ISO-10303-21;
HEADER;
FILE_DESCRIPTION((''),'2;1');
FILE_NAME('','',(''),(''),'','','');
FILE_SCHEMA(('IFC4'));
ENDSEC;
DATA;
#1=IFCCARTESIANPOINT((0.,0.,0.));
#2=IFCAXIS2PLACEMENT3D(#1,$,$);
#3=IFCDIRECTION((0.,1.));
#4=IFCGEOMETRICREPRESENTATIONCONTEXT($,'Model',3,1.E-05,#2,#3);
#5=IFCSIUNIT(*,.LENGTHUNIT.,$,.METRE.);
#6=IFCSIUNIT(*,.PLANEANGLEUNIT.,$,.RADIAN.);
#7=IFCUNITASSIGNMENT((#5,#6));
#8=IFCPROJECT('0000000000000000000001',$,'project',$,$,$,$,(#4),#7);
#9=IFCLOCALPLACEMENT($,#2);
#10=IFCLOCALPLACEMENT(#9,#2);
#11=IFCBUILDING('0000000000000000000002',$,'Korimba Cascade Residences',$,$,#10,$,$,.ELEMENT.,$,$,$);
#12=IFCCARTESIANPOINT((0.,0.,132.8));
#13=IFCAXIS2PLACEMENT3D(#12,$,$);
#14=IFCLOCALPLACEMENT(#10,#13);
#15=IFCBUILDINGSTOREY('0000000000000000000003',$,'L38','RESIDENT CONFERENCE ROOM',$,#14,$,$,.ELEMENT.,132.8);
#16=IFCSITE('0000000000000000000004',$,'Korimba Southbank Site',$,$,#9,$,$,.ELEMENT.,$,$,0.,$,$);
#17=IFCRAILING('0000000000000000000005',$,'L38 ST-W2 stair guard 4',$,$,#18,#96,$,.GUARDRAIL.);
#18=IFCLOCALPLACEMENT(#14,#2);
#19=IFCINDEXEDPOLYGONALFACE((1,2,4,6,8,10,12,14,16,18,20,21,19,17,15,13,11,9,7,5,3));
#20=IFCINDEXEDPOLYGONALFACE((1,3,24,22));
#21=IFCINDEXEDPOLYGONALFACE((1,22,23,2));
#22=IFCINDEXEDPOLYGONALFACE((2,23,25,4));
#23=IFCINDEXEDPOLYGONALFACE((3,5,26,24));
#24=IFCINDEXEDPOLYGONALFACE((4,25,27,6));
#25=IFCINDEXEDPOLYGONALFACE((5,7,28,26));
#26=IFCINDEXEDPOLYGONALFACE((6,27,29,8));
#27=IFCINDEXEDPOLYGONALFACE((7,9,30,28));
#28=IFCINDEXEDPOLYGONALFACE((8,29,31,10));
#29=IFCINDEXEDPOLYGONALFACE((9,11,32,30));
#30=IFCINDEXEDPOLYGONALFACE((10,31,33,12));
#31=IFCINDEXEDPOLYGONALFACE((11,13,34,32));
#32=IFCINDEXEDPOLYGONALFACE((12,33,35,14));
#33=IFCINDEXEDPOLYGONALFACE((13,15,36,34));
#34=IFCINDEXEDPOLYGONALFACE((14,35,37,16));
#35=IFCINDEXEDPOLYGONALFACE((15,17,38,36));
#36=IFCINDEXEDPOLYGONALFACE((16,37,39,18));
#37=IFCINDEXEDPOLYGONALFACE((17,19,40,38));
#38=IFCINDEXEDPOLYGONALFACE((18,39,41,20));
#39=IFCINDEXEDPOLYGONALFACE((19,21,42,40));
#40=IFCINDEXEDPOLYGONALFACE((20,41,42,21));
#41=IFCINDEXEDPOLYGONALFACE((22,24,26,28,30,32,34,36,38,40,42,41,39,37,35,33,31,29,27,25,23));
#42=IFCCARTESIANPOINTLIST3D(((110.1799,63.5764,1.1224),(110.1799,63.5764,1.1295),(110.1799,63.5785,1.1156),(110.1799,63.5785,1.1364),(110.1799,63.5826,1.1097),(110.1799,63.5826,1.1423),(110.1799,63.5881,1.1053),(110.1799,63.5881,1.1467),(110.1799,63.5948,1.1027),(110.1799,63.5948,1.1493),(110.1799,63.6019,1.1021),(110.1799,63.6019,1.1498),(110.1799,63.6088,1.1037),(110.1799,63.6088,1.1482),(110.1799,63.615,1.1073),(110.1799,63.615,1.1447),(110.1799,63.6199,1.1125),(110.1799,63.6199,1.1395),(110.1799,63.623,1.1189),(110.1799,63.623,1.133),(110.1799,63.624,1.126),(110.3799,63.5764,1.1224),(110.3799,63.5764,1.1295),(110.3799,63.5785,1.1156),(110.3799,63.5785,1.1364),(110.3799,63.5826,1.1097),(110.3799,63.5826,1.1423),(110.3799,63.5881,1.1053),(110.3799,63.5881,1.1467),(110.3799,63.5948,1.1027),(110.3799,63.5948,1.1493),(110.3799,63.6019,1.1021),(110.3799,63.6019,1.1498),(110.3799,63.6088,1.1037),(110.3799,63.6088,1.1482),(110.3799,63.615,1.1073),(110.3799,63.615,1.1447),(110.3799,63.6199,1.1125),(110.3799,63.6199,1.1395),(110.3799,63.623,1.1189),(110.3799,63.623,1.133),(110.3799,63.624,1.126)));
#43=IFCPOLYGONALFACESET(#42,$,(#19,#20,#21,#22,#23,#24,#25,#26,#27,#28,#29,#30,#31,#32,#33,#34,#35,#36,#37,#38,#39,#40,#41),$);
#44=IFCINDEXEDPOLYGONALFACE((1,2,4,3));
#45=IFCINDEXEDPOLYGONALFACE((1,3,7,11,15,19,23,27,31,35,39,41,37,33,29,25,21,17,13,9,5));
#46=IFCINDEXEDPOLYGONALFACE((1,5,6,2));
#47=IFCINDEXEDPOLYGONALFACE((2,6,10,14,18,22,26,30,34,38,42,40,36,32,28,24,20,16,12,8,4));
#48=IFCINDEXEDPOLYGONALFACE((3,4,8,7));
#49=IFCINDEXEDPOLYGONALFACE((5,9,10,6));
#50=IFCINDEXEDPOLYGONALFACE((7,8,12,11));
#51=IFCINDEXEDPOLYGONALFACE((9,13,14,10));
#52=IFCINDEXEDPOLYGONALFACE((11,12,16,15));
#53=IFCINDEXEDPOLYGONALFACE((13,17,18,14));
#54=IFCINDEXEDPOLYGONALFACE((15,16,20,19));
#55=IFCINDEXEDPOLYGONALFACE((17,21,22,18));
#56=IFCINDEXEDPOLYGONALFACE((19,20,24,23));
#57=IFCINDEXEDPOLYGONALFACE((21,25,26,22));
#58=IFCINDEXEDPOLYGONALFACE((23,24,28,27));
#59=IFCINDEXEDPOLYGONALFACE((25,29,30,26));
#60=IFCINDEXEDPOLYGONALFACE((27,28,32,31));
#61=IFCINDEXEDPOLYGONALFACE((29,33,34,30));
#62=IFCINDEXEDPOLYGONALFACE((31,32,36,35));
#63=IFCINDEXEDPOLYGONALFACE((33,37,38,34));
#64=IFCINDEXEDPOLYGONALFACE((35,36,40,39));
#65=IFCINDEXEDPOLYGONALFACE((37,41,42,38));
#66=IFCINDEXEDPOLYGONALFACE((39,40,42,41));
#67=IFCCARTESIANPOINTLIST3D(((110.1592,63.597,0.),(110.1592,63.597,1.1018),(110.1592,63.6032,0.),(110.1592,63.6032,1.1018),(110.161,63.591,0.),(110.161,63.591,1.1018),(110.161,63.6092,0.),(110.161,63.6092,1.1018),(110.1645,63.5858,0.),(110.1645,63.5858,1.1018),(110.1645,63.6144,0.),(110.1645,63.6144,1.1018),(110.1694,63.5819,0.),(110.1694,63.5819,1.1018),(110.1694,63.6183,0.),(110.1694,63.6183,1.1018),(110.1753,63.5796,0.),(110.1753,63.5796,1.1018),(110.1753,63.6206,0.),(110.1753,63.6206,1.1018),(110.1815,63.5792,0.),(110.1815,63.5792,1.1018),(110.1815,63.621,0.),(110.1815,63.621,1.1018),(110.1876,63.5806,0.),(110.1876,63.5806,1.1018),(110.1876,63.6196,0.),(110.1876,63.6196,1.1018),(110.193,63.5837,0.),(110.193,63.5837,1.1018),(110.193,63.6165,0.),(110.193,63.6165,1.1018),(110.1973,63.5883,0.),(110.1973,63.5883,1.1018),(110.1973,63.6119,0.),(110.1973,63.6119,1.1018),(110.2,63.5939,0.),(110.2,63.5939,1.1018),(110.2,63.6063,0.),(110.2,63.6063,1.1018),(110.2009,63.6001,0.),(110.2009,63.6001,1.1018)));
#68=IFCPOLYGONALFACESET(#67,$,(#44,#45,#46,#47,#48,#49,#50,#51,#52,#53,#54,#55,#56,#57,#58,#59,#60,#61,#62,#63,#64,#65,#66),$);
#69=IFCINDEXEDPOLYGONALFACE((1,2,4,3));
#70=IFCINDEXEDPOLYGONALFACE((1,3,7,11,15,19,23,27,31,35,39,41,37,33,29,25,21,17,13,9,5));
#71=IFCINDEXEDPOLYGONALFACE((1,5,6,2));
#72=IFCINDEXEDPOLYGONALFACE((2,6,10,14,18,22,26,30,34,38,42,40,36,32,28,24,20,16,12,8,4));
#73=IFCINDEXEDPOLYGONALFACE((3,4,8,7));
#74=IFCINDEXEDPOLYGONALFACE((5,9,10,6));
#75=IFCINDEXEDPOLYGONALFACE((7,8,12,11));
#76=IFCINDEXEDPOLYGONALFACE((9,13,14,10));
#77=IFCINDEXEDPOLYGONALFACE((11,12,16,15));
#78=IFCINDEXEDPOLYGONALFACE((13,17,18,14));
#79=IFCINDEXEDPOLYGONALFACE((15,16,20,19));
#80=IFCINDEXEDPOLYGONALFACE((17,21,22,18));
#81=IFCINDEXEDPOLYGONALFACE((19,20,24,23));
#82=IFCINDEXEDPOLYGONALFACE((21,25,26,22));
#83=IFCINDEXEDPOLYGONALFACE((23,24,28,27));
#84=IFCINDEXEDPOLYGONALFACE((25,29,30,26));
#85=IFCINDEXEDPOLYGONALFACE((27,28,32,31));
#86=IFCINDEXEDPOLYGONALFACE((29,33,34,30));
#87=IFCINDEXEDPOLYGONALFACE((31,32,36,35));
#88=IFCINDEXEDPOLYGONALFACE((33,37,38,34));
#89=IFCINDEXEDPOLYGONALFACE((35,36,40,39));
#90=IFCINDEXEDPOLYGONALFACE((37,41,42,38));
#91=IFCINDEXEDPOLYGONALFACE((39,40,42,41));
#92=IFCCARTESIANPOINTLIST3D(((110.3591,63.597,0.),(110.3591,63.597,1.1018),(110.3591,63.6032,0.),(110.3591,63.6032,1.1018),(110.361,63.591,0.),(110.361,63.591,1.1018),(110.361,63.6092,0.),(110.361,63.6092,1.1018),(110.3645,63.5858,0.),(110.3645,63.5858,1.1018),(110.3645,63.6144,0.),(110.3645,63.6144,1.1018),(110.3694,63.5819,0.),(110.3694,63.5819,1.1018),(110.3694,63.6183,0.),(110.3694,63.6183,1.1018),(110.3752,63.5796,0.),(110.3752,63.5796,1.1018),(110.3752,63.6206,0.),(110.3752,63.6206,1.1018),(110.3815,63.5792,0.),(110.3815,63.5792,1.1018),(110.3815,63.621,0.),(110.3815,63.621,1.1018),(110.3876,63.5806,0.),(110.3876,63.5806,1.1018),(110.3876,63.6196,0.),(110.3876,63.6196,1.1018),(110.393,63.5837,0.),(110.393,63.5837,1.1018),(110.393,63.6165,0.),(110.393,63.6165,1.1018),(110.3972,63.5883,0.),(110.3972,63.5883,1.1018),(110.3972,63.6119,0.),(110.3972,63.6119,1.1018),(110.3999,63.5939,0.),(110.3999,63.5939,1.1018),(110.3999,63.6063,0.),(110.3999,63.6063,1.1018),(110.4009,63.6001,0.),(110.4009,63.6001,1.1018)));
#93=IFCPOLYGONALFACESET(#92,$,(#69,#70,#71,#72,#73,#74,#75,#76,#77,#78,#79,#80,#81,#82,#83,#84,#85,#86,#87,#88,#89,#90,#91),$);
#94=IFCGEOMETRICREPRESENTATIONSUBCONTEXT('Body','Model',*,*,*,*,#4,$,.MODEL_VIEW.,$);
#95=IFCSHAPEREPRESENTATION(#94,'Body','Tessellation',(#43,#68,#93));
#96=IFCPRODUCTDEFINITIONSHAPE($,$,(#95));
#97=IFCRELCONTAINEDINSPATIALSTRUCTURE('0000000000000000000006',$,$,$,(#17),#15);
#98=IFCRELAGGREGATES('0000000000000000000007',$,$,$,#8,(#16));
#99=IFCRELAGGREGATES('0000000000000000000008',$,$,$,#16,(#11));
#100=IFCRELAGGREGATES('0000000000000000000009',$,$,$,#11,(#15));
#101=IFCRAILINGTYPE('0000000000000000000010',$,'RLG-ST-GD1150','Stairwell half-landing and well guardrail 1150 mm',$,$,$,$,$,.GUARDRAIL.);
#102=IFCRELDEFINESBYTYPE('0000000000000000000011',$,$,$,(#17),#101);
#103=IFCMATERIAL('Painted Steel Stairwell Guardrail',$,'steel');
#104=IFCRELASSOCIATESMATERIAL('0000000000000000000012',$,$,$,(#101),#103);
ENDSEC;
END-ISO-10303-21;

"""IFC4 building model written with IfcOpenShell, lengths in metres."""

from ifc_helpers import new_model, si_unit, direction, frame, origin, origin_2d, place, context, subcontext, project, spatial, circle, extrude, material, type_object, element, save


model = new_model("IFC4")

# Units and contexts
model_context = context("Model", 3, precision=1e-05, world=origin(), true_north=direction((0.0, 1.0)))
body_context = subcontext(model_context, "Body", "Model", "MODEL_VIEW")
ifc_project = project(units=[si_unit("LENGTHUNIT", "METRE"), si_unit("PLANEANGLEUNIT", "RADIAN")], contexts=[model_context])

# Site, building, storey
site_placement = place(None, origin())
site = spatial("IfcSite", under=ifc_project, at=site_placement, Name="Korimba Southbank Site", CompositionType="ELEMENT", RefElevation=0.0)
building_placement = place(site_placement, origin())
building = spatial("IfcBuilding", under=site, at=building_placement, Name="Korimba Cascade Residences", CompositionType="ELEMENT")
storey_placement = place(building_placement, frame((0.0, 0.0, 132.8)))
storey = spatial("IfcBuildingStorey", under=building, at=storey_placement, Name="L38", Description="RESIDENT CONFERENCE ROOM", CompositionType="ELEMENT", Elevation=132.8)

# Railing
ifc_material_1 = material(Name="Painted Steel Stairwell Guardrail", Category="steel")
railing_type_1 = type_object("IfcRailingType", Name="RLG-ST-GD1150", Description="Stairwell half-landing and well guardrail 1150 mm", PredefinedType="GUARDRAIL", material=ifc_material_1)
railing_1_placement = place(storey_placement, frame((110.1799, 63.6001, 0.0)))
element("IfcRailing", 1, at=railing_1_placement, inside=storey, type_object=railing_type_1, Name="L38 ST-W2 stair guard 4", PredefinedType="GUARDRAIL", context=body_context, shape_type="SweptSolid", body=[
    extrude(circle(Radius=0.0239, at=origin_2d()), frame((0.0, 0.0, 1.126), z_axis=(1.0, 0.0, 0.0), x_axis=(0.0, 1.0, 0.0)), (0.0, 0.0, 1.0), 0.2),
    extrude(circle(Radius=0.021, at=origin_2d()), origin(), (0.0, 0.0, 1.0), 1.1018),
    extrude(circle(Radius=0.021, at=origin_2d()), frame((0.2, 0.0, 0.0)), (0.0, 0.0, 1.0), 1.1018),
])

save(model, "model.ifc")
